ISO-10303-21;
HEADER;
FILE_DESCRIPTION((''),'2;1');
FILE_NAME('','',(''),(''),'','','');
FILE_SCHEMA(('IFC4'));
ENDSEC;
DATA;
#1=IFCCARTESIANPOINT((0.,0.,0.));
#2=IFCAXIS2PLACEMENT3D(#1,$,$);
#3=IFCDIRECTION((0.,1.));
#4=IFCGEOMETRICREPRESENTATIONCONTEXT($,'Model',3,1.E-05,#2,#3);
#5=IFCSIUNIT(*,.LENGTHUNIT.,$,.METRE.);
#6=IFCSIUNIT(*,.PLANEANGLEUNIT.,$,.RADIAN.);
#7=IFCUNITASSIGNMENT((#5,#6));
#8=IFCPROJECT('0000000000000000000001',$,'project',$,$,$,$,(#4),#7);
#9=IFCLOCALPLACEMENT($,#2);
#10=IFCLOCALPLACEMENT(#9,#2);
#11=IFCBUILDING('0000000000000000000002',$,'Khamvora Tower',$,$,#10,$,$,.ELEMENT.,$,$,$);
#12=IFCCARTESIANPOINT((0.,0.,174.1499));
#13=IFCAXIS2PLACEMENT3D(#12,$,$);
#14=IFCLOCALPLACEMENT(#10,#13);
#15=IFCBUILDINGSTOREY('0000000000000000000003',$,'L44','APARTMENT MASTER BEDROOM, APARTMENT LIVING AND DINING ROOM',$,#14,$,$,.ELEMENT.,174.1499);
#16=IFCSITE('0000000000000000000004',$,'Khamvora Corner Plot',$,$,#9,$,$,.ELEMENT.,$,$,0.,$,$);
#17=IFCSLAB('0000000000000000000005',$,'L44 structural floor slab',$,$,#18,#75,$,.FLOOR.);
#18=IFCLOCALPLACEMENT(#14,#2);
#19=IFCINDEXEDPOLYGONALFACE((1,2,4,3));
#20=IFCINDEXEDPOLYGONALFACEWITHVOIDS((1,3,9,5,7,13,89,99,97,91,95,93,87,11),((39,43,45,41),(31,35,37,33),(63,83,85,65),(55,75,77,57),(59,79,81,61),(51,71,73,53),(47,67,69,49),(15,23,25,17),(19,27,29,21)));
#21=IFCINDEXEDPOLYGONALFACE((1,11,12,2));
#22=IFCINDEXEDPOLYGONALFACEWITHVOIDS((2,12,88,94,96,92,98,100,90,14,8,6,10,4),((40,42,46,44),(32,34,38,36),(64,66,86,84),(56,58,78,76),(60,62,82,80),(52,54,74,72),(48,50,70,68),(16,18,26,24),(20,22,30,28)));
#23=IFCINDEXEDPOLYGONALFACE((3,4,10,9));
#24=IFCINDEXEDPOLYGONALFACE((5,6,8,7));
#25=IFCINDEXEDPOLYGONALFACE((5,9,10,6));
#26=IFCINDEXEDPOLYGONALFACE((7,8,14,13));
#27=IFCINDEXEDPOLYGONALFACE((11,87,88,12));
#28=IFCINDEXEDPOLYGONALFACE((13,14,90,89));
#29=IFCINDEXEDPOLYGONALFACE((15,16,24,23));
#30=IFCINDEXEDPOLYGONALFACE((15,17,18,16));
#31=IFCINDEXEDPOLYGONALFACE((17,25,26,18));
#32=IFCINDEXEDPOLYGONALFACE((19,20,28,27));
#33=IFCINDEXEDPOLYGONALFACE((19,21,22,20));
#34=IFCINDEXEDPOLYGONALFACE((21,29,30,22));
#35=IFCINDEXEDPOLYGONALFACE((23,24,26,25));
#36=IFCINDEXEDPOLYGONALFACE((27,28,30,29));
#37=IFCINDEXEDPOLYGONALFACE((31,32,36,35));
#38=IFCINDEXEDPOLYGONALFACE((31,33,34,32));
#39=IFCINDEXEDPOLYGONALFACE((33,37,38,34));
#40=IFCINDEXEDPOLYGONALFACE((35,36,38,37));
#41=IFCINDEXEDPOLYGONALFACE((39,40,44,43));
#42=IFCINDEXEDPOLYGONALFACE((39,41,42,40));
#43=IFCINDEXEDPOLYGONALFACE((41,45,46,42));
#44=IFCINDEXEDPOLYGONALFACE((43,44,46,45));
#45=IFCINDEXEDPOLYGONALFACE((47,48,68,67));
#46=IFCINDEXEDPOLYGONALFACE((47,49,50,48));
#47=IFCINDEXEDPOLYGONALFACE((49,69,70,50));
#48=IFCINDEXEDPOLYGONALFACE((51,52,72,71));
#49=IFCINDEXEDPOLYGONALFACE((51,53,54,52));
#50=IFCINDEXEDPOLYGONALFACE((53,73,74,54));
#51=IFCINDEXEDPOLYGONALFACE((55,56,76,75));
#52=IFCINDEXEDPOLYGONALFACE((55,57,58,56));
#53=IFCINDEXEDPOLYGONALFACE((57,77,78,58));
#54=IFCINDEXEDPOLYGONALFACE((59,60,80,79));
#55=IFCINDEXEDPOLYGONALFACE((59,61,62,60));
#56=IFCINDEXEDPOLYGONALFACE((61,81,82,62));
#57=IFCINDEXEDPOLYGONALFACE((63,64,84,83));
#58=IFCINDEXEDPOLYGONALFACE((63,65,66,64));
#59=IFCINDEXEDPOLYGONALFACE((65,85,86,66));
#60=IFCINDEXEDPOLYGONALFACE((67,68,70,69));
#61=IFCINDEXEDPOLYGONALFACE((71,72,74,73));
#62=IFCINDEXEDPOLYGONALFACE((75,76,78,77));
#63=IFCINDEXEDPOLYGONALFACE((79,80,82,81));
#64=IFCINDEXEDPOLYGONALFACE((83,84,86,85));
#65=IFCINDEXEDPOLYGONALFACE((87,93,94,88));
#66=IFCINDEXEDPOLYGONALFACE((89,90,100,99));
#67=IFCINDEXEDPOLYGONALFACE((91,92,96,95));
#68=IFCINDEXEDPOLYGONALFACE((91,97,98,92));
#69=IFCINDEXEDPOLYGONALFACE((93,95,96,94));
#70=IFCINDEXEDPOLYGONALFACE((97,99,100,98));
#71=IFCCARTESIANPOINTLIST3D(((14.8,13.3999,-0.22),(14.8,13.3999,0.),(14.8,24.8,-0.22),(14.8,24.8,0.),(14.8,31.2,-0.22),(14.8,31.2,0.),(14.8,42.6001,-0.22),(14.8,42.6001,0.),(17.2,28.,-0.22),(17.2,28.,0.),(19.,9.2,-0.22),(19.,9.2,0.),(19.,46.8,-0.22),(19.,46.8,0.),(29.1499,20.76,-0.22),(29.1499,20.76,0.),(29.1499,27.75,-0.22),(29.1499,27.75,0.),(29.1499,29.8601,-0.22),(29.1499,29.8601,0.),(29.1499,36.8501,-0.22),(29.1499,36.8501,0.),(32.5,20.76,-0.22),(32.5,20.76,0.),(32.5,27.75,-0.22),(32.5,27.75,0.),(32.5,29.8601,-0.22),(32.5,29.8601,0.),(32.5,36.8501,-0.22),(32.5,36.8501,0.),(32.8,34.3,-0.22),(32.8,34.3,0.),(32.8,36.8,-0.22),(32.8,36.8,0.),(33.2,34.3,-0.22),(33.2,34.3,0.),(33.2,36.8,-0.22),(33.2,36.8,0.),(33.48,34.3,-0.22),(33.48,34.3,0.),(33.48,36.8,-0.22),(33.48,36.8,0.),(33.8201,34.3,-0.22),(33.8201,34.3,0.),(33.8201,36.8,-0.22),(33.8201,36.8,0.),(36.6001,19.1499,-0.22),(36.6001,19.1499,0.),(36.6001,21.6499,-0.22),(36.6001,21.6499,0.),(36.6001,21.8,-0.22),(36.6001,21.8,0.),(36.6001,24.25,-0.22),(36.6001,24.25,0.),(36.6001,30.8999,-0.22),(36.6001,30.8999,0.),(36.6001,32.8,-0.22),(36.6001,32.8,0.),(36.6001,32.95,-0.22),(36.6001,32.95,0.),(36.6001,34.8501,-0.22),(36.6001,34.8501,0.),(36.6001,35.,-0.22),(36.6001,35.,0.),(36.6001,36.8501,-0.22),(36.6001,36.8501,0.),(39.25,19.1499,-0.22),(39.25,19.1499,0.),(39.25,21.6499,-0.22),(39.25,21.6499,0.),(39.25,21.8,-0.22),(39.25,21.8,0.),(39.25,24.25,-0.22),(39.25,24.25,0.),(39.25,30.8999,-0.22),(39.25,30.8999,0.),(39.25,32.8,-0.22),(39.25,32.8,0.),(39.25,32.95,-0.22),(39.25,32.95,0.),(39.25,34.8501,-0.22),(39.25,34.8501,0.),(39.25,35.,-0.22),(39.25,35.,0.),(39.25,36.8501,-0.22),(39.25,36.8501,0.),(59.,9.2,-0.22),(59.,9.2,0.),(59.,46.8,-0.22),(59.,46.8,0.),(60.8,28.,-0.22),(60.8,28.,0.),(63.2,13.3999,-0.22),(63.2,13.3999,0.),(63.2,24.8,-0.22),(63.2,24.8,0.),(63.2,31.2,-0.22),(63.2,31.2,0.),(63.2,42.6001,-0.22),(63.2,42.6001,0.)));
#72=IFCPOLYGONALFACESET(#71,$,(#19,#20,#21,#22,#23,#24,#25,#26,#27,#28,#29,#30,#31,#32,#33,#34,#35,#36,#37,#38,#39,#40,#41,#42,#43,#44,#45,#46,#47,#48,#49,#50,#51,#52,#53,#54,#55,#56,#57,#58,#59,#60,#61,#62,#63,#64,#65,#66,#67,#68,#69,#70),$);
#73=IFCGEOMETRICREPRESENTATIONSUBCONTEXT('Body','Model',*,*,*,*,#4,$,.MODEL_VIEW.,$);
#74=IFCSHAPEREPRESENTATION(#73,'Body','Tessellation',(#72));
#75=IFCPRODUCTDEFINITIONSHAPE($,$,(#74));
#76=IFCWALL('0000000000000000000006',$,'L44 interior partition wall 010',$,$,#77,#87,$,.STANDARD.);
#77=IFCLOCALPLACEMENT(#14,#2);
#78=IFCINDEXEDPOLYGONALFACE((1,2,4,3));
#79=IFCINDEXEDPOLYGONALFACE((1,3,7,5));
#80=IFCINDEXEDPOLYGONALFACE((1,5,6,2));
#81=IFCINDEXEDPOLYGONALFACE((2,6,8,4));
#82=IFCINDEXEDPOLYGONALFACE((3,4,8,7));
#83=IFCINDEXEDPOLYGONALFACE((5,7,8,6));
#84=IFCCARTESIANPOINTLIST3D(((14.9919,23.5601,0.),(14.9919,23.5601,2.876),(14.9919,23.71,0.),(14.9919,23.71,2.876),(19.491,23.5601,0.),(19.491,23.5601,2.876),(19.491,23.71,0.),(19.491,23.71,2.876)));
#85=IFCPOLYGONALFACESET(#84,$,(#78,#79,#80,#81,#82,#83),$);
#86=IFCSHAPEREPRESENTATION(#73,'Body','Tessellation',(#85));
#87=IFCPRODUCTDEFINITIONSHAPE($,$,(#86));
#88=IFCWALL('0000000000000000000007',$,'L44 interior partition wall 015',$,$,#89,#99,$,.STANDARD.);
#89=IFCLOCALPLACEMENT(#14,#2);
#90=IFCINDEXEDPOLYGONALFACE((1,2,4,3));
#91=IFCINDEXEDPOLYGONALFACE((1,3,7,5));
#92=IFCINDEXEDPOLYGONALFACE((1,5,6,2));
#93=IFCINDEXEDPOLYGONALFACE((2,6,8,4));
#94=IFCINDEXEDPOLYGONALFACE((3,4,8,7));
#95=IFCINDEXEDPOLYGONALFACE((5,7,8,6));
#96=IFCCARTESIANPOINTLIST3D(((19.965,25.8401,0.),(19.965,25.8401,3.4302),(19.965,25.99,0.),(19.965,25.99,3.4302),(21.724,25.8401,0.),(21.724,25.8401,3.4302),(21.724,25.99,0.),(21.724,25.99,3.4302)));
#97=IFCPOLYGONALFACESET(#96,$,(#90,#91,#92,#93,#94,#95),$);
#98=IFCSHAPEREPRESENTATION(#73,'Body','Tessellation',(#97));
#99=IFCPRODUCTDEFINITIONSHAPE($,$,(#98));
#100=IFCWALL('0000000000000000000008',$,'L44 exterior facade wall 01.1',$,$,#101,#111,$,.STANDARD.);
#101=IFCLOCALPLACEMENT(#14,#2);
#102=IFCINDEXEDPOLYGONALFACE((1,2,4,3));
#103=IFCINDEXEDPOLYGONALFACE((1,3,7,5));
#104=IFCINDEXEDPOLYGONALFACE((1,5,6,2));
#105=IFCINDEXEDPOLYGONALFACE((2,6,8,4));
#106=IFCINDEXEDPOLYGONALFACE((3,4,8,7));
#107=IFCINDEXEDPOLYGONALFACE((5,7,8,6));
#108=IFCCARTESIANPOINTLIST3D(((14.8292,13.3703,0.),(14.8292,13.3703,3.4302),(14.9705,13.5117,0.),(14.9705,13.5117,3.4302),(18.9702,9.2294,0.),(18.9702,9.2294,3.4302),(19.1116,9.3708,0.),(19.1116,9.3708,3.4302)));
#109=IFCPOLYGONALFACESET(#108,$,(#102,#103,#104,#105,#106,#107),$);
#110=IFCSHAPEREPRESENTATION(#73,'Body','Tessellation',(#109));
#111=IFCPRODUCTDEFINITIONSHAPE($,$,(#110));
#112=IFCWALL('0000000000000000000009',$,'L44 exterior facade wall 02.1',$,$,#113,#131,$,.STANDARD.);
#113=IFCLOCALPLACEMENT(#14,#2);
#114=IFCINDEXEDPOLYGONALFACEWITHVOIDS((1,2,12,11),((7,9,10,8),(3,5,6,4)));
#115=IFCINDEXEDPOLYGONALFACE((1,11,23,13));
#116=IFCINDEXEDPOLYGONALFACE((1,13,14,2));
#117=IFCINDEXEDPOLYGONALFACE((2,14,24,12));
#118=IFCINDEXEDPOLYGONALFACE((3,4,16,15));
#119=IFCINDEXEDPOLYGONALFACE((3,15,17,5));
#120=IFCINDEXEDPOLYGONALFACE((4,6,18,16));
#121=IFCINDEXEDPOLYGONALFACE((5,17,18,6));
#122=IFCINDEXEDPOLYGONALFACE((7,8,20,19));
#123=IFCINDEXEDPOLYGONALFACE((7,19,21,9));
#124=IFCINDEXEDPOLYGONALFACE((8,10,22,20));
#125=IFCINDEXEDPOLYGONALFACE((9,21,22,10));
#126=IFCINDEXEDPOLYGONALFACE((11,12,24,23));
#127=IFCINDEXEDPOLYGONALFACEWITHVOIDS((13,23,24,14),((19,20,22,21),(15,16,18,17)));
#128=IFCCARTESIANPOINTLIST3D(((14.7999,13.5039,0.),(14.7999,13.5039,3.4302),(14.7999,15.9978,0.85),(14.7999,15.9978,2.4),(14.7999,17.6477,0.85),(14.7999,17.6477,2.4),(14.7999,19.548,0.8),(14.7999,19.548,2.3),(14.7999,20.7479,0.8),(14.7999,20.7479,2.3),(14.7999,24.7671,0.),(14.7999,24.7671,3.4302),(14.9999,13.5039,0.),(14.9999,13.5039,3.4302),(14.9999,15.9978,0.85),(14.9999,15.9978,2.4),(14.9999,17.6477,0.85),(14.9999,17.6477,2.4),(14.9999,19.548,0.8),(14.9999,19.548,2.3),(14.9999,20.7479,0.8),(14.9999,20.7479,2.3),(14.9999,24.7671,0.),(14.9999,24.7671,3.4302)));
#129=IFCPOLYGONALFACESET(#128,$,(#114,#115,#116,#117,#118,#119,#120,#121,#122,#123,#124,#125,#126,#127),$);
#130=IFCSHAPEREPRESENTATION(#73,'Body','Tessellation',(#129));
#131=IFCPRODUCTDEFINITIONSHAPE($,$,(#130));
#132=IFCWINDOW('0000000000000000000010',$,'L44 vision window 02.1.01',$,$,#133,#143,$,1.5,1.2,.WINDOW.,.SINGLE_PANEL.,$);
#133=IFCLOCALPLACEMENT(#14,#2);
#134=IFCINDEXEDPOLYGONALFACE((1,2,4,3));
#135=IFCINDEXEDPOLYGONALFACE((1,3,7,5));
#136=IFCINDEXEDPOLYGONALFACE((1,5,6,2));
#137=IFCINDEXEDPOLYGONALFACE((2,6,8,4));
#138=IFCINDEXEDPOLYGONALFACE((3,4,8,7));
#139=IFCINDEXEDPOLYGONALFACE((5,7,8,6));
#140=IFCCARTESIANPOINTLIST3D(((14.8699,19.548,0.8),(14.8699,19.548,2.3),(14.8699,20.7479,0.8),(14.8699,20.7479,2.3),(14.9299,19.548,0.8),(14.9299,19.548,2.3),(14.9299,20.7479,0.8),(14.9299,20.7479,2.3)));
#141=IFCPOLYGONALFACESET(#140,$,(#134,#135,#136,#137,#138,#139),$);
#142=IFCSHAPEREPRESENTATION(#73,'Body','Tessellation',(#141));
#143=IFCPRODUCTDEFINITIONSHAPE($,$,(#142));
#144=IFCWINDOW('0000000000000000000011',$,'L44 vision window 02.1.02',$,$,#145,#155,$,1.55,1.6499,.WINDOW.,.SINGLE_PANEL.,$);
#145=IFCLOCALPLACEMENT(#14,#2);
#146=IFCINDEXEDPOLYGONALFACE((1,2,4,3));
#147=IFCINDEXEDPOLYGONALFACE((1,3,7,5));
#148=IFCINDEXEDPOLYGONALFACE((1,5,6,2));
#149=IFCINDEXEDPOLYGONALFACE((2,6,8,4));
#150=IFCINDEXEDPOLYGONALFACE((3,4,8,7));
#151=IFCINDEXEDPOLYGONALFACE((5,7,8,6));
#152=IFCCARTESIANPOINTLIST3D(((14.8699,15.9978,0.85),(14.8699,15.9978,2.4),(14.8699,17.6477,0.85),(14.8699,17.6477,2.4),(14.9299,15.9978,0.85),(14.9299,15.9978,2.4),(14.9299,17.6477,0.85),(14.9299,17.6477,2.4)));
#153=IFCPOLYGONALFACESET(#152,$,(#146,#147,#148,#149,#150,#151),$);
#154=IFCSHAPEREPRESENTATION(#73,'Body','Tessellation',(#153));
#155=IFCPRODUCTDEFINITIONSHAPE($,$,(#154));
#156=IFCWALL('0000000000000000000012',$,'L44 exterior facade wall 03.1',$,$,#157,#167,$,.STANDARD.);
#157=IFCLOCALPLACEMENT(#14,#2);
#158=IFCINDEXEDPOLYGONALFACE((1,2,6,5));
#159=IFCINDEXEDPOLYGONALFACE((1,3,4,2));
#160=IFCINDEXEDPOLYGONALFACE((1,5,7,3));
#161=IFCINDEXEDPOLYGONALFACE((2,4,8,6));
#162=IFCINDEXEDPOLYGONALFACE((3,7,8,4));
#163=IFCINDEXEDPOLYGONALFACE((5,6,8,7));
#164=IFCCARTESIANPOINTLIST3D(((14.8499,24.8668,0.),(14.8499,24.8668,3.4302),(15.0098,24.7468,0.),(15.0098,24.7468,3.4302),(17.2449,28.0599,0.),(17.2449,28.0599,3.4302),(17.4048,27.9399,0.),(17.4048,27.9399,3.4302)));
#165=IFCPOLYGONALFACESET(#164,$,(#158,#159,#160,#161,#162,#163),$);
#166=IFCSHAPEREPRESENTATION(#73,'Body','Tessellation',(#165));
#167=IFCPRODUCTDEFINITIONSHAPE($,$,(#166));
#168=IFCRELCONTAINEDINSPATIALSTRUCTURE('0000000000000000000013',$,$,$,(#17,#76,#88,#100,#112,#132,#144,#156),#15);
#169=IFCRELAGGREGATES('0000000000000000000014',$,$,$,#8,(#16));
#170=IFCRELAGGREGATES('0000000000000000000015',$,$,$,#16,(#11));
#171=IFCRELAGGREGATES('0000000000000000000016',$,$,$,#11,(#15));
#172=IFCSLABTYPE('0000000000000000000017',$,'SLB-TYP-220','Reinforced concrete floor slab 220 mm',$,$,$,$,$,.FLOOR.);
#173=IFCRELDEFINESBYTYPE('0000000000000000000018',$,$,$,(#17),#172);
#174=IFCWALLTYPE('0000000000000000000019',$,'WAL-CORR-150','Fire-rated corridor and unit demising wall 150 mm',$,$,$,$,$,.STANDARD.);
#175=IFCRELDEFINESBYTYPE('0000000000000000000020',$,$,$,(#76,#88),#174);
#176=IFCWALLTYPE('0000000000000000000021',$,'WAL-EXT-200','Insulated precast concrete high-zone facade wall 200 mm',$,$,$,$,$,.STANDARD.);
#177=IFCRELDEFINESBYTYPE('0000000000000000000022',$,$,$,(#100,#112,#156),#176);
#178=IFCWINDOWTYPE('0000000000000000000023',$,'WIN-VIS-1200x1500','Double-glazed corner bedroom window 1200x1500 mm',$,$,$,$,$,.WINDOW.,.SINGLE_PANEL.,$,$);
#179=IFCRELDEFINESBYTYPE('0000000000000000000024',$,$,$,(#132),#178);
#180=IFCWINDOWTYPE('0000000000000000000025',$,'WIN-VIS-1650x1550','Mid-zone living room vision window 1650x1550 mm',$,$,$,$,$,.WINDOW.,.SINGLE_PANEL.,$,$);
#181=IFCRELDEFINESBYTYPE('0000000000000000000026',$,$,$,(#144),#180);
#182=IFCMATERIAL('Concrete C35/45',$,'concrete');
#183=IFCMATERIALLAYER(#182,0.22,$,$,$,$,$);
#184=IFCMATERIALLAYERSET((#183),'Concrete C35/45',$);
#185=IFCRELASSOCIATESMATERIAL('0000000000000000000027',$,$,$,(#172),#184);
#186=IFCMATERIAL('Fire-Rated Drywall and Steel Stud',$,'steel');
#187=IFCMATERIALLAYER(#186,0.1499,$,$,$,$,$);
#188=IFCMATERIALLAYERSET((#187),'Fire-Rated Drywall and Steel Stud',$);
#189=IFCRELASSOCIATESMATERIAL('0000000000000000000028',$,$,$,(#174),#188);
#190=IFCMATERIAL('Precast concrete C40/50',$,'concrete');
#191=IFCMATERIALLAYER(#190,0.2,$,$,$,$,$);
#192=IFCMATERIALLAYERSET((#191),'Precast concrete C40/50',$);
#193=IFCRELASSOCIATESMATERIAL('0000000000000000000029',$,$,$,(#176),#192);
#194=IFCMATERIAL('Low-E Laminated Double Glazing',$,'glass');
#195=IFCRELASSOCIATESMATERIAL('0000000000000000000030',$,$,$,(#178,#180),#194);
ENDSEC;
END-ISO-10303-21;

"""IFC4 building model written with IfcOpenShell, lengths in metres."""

from ifc_helpers import new_model, si_unit, direction, frame, frame_2d, origin, place, context, subcontext, project, spatial, polyline, rectangle, outline, extrude, material, layer, layer_set, type_object, element, fill, save


model = new_model("IFC4")

# Units and contexts
model_context = context("Model", 3, precision=1e-05, world=origin(), true_north=direction((0.0, 1.0)))
body_context = subcontext(model_context, "Body", "Model", "MODEL_VIEW")
ifc_project = project(units=[si_unit("LENGTHUNIT", "METRE"), si_unit("PLANEANGLEUNIT", "RADIAN")], contexts=[model_context])

# Site, building, storey
site_placement = place(None, origin())
site = spatial("IfcSite", under=ifc_project, at=site_placement, Name="Khamvora Corner Plot", CompositionType="ELEMENT", RefElevation=0.0)
building_placement = place(site_placement, origin())
building = spatial("IfcBuilding", under=site, at=building_placement, Name="Khamvora Tower", CompositionType="ELEMENT")
storey_placement = place(building_placement, frame((0.0, 0.0, 174.1499)))
storey = spatial("IfcBuildingStorey", under=building, at=storey_placement, Name="L44", Description="APARTMENT MASTER BEDROOM, APARTMENT LIVING AND DINING ROOM", CompositionType="ELEMENT", Elevation=174.1499)

# Slab
ifc_material_1 = material(Name="Concrete C35/45", Category="concrete")
ifc_layer_1 = layer(ifc_material_1, 0.22)
ifc_layer_set_1 = layer_set([ifc_layer_1], Name="Concrete C35/45")
slab_type_1 = type_object("IfcSlabType", Name="SLB-TYP-220", Description="Reinforced concrete floor slab 220 mm", PredefinedType="FLOOR", material=ifc_layer_set_1)
slab_1_placement = place(storey_placement, frame((0.0, 0.0, -0.22)))
element("IfcSlab", 1, at=slab_1_placement, inside=storey, type_object=slab_type_1, Name="L44 structural floor slab", PredefinedType="FLOOR", context=body_context, shape_type="SweptSolid", body=[
    extrude(outline(polyline([(19.0, 9.2), (59.0, 9.2), (63.2, 13.3999), (63.2, 24.8), (60.8, 28.0), (63.2, 31.2), (63.2, 42.6001), (59.0, 46.8), (19.0, 46.8), (14.8, 42.6001), (14.8, 31.2), (17.2, 28.0), (14.8, 24.8), (14.8, 13.3999), (19.0, 9.2)]), holes=[polyline([(32.5, 20.76), (32.5, 27.75), (29.1499, 27.75), (29.1499, 20.76), (32.5, 20.76)]), polyline([(32.5, 29.8601), (32.5, 36.8501), (29.1499, 36.8501), (29.1499, 29.8601), (32.5, 29.8601)]), polyline([(36.6001, 19.1499), (39.25, 19.1499), (39.25, 21.6499), (36.6001, 21.6499), (36.6001, 19.1499)]), polyline([(36.6001, 21.8), (39.25, 21.8), (39.25, 24.25), (36.6001, 24.25), (36.6001, 21.8)]), polyline([(36.6001, 30.8999), (39.25, 30.8999), (39.25, 32.8), (36.6001, 32.8), (36.6001, 30.8999)]), polyline([(36.6001, 32.95), (39.25, 32.95), (39.25, 34.8501), (36.6001, 34.8501), (36.6001, 32.95)]), polyline([(36.6001, 35.0), (39.25, 35.0), (39.25, 36.8501), (36.6001, 36.8501), (36.6001, 35.0)]), polyline([(32.8, 34.3), (33.2, 34.3), (33.2, 36.8), (32.8, 36.8), (32.8, 34.3)]), polyline([(33.48, 34.3), (33.8201, 34.3), (33.8201, 36.8), (33.48, 36.8), (33.48, 34.3)])]), origin(), (0.0, 0.0, 1.0), 0.22),
])

# Wall
ifc_material_2 = material(Name="Fire-Rated Drywall and Steel Stud", Category="steel")
ifc_layer_2 = layer(ifc_material_2, 0.1499)
ifc_layer_set_2 = layer_set([ifc_layer_2], Name="Fire-Rated Drywall and Steel Stud")
wall_type_1 = type_object("IfcWallType", Name="WAL-CORR-150", Description="Fire-rated corridor and unit demising wall 150 mm", PredefinedType="STANDARD", material=ifc_layer_set_2)
wall_1_placement = place(storey_placement, frame((19.491, 23.635, 0.0), z_axis=(0.0, 0.0, 1.0), x_axis=(-1.0, 0.0, 0.0)))
element("IfcWall", 2, at=wall_1_placement, inside=storey, type_object=wall_type_1, Name="L44 interior partition wall 010", PredefinedType="STANDARD", context=body_context, shape_type="SweptSolid", body=[
    extrude(rectangle(XDim=4.499, YDim=0.1499, at=frame_2d((2.2495, 0.0))), origin(), (0.0, 0.0, 1.0), 2.876),
])

# Walls
wall_2_placement = place(storey_placement, frame((19.9651, 25.915, 0.0), z_axis=(0.0, 0.0, 1.0), x_axis=(1.0, 0.0, 0.0)))
element("IfcWall", 3, at=wall_2_placement, inside=storey, type_object=wall_type_1, Name="L44 interior partition wall 015", PredefinedType="STANDARD", context=body_context, shape_type="SweptSolid", body=[
    extrude(rectangle(XDim=1.759, YDim=0.1499, at=frame_2d((0.8794, 0.0))), origin(), (0.0, 0.0, 1.0), 3.4302),
])
ifc_material_3 = material(Name="Precast concrete C40/50", Category="concrete")
ifc_layer_3 = layer(ifc_material_3, 0.2)
ifc_layer_set_3 = layer_set([ifc_layer_3], Name="Precast concrete C40/50")
wall_type_2 = type_object("IfcWallType", Name="WAL-EXT-200", Description="Insulated precast concrete high-zone facade wall 200 mm", PredefinedType="STANDARD", material=ifc_layer_set_3)
wall_3_placement = place(storey_placement, frame((19.041, 9.3, 0.0), z_axis=(0.0, 0.0, 1.0), x_axis=(-0.707128, 0.707086, 0.0)))
element("IfcWall", 4, at=wall_3_placement, inside=storey, type_object=wall_type_2, Name="L44 exterior facade wall 01.1", PredefinedType="STANDARD", context=body_context, shape_type="SweptSolid", body=[
    extrude(rectangle(XDim=5.8562, YDim=0.2, at=frame_2d((2.9282, 0.0))), origin(), (0.0, 0.0, 1.0), 3.4302),
])

# Wall, openings, windows
wall_4_placement = place(storey_placement, frame((14.8999, 13.5039, 0.0), z_axis=(0.0, 0.0, 1.0), x_axis=(0.0, 1.0, 0.0)))
wall_4 = element("IfcWall", 5, at=wall_4_placement, inside=storey, type_object=wall_type_2, Name="L44 exterior facade wall 02.1", PredefinedType="STANDARD", context=body_context, shape_type="SweptSolid", body=[
    extrude(rectangle(XDim=11.2632, YDim=0.2, at=frame_2d((5.6316, 0.0))), origin(), (0.0, 0.0, 1.0), 3.4302),
])
opening_1_placement = place(wall_4_placement, frame((6.0439, 0.0, 0.8)))
opening_1 = element("IfcOpeningElement", 6, at=opening_1_placement, cuts=wall_4, PredefinedType="OPENING", context=body_context, shape_type="SweptSolid", body=[
    extrude(rectangle(XDim=1.2, YDim=1.5, at=frame_2d((0.6001, 0.75))), frame((0.0, 0.1099, 0.0), z_axis=(0.0, -1.0, 0.0), x_axis=(1.0, 0.0, 0.0)), (0.0, 0.0, 1.0), 0.22),
])
opening_2_placement = place(wall_4_placement, frame((2.4939, 0.0, 0.8501)))
opening_2 = element("IfcOpeningElement", 7, at=opening_2_placement, cuts=wall_4, PredefinedType="OPENING", context=body_context, shape_type="SweptSolid", body=[
    extrude(rectangle(XDim=1.6499, YDim=1.55, at=frame_2d((0.825, 0.7749))), frame((0.0, 0.1099, 0.0), z_axis=(0.0, -1.0, 0.0), x_axis=(1.0, 0.0, 0.0)), (0.0, 0.0, 1.0), 0.22),
])
ifc_material_4 = material(Name="Low-E Laminated Double Glazing", Category="glass")
window_type_1 = type_object("IfcWindowType", Name="WIN-VIS-1200x1500", Description="Double-glazed corner bedroom window 1200x1500 mm", PartitioningType="SINGLE_PANEL", PredefinedType="WINDOW", material=ifc_material_4)
window_1_placement = place(opening_1_placement, origin())
window_1 = element("IfcWindow", 8, at=window_1_placement, inside=storey, type_object=window_type_1, Name="L44 vision window 02.1.01", OverallHeight=1.5, OverallWidth=1.2, PartitioningType="SINGLE_PANEL", PredefinedType="WINDOW", context=body_context, shape_type="SweptSolid", body=[
    extrude(rectangle(XDim=1.2, YDim=1.5, at=frame_2d((0.6001, 0.75))), frame((0.0, 0.03, 0.0), z_axis=(0.0, -1.0, 0.0), x_axis=(1.0, 0.0, 0.0)), (0.0, 0.0, 1.0), 0.0601),
])
fill(opening_1, window_1)
window_type_2 = type_object("IfcWindowType", Name="WIN-VIS-1650x1550", Description="Mid-zone living room vision window 1650x1550 mm", PartitioningType="SINGLE_PANEL", PredefinedType="WINDOW", material=ifc_material_4)
window_2_placement = place(opening_2_placement, origin())
window_2 = element("IfcWindow", 9, at=window_2_placement, inside=storey, type_object=window_type_2, Name="L44 vision window 02.1.02", OverallHeight=1.55, OverallWidth=1.6499, PartitioningType="SINGLE_PANEL", PredefinedType="WINDOW", context=body_context, shape_type="SweptSolid", body=[
    extrude(rectangle(XDim=1.6499, YDim=1.55, at=frame_2d((0.825, 0.7749))), frame((0.0, 0.03, 0.0), z_axis=(0.0, -1.0, 0.0), x_axis=(1.0, 0.0, 0.0)), (0.0, 0.0, 1.0), 0.0601),
])
fill(opening_2, window_2)

# Wall
wall_5_placement = place(storey_placement, frame((14.9299, 24.8069, 0.0), z_axis=(0.0, 0.0, 1.0), x_axis=(0.600029, 0.799978, 0.0)))
element("IfcWall", 10, at=wall_5_placement, inside=storey, type_object=wall_type_2, Name="L44 exterior facade wall 03.1", PredefinedType="STANDARD", context=body_context, shape_type="SweptSolid", body=[
    extrude(rectangle(XDim=3.9915, YDim=0.2, at=frame_2d((1.9956, 0.0))), origin(), (0.0, 0.0, 1.0), 3.4302),
])

save(model, "model.ifc")
